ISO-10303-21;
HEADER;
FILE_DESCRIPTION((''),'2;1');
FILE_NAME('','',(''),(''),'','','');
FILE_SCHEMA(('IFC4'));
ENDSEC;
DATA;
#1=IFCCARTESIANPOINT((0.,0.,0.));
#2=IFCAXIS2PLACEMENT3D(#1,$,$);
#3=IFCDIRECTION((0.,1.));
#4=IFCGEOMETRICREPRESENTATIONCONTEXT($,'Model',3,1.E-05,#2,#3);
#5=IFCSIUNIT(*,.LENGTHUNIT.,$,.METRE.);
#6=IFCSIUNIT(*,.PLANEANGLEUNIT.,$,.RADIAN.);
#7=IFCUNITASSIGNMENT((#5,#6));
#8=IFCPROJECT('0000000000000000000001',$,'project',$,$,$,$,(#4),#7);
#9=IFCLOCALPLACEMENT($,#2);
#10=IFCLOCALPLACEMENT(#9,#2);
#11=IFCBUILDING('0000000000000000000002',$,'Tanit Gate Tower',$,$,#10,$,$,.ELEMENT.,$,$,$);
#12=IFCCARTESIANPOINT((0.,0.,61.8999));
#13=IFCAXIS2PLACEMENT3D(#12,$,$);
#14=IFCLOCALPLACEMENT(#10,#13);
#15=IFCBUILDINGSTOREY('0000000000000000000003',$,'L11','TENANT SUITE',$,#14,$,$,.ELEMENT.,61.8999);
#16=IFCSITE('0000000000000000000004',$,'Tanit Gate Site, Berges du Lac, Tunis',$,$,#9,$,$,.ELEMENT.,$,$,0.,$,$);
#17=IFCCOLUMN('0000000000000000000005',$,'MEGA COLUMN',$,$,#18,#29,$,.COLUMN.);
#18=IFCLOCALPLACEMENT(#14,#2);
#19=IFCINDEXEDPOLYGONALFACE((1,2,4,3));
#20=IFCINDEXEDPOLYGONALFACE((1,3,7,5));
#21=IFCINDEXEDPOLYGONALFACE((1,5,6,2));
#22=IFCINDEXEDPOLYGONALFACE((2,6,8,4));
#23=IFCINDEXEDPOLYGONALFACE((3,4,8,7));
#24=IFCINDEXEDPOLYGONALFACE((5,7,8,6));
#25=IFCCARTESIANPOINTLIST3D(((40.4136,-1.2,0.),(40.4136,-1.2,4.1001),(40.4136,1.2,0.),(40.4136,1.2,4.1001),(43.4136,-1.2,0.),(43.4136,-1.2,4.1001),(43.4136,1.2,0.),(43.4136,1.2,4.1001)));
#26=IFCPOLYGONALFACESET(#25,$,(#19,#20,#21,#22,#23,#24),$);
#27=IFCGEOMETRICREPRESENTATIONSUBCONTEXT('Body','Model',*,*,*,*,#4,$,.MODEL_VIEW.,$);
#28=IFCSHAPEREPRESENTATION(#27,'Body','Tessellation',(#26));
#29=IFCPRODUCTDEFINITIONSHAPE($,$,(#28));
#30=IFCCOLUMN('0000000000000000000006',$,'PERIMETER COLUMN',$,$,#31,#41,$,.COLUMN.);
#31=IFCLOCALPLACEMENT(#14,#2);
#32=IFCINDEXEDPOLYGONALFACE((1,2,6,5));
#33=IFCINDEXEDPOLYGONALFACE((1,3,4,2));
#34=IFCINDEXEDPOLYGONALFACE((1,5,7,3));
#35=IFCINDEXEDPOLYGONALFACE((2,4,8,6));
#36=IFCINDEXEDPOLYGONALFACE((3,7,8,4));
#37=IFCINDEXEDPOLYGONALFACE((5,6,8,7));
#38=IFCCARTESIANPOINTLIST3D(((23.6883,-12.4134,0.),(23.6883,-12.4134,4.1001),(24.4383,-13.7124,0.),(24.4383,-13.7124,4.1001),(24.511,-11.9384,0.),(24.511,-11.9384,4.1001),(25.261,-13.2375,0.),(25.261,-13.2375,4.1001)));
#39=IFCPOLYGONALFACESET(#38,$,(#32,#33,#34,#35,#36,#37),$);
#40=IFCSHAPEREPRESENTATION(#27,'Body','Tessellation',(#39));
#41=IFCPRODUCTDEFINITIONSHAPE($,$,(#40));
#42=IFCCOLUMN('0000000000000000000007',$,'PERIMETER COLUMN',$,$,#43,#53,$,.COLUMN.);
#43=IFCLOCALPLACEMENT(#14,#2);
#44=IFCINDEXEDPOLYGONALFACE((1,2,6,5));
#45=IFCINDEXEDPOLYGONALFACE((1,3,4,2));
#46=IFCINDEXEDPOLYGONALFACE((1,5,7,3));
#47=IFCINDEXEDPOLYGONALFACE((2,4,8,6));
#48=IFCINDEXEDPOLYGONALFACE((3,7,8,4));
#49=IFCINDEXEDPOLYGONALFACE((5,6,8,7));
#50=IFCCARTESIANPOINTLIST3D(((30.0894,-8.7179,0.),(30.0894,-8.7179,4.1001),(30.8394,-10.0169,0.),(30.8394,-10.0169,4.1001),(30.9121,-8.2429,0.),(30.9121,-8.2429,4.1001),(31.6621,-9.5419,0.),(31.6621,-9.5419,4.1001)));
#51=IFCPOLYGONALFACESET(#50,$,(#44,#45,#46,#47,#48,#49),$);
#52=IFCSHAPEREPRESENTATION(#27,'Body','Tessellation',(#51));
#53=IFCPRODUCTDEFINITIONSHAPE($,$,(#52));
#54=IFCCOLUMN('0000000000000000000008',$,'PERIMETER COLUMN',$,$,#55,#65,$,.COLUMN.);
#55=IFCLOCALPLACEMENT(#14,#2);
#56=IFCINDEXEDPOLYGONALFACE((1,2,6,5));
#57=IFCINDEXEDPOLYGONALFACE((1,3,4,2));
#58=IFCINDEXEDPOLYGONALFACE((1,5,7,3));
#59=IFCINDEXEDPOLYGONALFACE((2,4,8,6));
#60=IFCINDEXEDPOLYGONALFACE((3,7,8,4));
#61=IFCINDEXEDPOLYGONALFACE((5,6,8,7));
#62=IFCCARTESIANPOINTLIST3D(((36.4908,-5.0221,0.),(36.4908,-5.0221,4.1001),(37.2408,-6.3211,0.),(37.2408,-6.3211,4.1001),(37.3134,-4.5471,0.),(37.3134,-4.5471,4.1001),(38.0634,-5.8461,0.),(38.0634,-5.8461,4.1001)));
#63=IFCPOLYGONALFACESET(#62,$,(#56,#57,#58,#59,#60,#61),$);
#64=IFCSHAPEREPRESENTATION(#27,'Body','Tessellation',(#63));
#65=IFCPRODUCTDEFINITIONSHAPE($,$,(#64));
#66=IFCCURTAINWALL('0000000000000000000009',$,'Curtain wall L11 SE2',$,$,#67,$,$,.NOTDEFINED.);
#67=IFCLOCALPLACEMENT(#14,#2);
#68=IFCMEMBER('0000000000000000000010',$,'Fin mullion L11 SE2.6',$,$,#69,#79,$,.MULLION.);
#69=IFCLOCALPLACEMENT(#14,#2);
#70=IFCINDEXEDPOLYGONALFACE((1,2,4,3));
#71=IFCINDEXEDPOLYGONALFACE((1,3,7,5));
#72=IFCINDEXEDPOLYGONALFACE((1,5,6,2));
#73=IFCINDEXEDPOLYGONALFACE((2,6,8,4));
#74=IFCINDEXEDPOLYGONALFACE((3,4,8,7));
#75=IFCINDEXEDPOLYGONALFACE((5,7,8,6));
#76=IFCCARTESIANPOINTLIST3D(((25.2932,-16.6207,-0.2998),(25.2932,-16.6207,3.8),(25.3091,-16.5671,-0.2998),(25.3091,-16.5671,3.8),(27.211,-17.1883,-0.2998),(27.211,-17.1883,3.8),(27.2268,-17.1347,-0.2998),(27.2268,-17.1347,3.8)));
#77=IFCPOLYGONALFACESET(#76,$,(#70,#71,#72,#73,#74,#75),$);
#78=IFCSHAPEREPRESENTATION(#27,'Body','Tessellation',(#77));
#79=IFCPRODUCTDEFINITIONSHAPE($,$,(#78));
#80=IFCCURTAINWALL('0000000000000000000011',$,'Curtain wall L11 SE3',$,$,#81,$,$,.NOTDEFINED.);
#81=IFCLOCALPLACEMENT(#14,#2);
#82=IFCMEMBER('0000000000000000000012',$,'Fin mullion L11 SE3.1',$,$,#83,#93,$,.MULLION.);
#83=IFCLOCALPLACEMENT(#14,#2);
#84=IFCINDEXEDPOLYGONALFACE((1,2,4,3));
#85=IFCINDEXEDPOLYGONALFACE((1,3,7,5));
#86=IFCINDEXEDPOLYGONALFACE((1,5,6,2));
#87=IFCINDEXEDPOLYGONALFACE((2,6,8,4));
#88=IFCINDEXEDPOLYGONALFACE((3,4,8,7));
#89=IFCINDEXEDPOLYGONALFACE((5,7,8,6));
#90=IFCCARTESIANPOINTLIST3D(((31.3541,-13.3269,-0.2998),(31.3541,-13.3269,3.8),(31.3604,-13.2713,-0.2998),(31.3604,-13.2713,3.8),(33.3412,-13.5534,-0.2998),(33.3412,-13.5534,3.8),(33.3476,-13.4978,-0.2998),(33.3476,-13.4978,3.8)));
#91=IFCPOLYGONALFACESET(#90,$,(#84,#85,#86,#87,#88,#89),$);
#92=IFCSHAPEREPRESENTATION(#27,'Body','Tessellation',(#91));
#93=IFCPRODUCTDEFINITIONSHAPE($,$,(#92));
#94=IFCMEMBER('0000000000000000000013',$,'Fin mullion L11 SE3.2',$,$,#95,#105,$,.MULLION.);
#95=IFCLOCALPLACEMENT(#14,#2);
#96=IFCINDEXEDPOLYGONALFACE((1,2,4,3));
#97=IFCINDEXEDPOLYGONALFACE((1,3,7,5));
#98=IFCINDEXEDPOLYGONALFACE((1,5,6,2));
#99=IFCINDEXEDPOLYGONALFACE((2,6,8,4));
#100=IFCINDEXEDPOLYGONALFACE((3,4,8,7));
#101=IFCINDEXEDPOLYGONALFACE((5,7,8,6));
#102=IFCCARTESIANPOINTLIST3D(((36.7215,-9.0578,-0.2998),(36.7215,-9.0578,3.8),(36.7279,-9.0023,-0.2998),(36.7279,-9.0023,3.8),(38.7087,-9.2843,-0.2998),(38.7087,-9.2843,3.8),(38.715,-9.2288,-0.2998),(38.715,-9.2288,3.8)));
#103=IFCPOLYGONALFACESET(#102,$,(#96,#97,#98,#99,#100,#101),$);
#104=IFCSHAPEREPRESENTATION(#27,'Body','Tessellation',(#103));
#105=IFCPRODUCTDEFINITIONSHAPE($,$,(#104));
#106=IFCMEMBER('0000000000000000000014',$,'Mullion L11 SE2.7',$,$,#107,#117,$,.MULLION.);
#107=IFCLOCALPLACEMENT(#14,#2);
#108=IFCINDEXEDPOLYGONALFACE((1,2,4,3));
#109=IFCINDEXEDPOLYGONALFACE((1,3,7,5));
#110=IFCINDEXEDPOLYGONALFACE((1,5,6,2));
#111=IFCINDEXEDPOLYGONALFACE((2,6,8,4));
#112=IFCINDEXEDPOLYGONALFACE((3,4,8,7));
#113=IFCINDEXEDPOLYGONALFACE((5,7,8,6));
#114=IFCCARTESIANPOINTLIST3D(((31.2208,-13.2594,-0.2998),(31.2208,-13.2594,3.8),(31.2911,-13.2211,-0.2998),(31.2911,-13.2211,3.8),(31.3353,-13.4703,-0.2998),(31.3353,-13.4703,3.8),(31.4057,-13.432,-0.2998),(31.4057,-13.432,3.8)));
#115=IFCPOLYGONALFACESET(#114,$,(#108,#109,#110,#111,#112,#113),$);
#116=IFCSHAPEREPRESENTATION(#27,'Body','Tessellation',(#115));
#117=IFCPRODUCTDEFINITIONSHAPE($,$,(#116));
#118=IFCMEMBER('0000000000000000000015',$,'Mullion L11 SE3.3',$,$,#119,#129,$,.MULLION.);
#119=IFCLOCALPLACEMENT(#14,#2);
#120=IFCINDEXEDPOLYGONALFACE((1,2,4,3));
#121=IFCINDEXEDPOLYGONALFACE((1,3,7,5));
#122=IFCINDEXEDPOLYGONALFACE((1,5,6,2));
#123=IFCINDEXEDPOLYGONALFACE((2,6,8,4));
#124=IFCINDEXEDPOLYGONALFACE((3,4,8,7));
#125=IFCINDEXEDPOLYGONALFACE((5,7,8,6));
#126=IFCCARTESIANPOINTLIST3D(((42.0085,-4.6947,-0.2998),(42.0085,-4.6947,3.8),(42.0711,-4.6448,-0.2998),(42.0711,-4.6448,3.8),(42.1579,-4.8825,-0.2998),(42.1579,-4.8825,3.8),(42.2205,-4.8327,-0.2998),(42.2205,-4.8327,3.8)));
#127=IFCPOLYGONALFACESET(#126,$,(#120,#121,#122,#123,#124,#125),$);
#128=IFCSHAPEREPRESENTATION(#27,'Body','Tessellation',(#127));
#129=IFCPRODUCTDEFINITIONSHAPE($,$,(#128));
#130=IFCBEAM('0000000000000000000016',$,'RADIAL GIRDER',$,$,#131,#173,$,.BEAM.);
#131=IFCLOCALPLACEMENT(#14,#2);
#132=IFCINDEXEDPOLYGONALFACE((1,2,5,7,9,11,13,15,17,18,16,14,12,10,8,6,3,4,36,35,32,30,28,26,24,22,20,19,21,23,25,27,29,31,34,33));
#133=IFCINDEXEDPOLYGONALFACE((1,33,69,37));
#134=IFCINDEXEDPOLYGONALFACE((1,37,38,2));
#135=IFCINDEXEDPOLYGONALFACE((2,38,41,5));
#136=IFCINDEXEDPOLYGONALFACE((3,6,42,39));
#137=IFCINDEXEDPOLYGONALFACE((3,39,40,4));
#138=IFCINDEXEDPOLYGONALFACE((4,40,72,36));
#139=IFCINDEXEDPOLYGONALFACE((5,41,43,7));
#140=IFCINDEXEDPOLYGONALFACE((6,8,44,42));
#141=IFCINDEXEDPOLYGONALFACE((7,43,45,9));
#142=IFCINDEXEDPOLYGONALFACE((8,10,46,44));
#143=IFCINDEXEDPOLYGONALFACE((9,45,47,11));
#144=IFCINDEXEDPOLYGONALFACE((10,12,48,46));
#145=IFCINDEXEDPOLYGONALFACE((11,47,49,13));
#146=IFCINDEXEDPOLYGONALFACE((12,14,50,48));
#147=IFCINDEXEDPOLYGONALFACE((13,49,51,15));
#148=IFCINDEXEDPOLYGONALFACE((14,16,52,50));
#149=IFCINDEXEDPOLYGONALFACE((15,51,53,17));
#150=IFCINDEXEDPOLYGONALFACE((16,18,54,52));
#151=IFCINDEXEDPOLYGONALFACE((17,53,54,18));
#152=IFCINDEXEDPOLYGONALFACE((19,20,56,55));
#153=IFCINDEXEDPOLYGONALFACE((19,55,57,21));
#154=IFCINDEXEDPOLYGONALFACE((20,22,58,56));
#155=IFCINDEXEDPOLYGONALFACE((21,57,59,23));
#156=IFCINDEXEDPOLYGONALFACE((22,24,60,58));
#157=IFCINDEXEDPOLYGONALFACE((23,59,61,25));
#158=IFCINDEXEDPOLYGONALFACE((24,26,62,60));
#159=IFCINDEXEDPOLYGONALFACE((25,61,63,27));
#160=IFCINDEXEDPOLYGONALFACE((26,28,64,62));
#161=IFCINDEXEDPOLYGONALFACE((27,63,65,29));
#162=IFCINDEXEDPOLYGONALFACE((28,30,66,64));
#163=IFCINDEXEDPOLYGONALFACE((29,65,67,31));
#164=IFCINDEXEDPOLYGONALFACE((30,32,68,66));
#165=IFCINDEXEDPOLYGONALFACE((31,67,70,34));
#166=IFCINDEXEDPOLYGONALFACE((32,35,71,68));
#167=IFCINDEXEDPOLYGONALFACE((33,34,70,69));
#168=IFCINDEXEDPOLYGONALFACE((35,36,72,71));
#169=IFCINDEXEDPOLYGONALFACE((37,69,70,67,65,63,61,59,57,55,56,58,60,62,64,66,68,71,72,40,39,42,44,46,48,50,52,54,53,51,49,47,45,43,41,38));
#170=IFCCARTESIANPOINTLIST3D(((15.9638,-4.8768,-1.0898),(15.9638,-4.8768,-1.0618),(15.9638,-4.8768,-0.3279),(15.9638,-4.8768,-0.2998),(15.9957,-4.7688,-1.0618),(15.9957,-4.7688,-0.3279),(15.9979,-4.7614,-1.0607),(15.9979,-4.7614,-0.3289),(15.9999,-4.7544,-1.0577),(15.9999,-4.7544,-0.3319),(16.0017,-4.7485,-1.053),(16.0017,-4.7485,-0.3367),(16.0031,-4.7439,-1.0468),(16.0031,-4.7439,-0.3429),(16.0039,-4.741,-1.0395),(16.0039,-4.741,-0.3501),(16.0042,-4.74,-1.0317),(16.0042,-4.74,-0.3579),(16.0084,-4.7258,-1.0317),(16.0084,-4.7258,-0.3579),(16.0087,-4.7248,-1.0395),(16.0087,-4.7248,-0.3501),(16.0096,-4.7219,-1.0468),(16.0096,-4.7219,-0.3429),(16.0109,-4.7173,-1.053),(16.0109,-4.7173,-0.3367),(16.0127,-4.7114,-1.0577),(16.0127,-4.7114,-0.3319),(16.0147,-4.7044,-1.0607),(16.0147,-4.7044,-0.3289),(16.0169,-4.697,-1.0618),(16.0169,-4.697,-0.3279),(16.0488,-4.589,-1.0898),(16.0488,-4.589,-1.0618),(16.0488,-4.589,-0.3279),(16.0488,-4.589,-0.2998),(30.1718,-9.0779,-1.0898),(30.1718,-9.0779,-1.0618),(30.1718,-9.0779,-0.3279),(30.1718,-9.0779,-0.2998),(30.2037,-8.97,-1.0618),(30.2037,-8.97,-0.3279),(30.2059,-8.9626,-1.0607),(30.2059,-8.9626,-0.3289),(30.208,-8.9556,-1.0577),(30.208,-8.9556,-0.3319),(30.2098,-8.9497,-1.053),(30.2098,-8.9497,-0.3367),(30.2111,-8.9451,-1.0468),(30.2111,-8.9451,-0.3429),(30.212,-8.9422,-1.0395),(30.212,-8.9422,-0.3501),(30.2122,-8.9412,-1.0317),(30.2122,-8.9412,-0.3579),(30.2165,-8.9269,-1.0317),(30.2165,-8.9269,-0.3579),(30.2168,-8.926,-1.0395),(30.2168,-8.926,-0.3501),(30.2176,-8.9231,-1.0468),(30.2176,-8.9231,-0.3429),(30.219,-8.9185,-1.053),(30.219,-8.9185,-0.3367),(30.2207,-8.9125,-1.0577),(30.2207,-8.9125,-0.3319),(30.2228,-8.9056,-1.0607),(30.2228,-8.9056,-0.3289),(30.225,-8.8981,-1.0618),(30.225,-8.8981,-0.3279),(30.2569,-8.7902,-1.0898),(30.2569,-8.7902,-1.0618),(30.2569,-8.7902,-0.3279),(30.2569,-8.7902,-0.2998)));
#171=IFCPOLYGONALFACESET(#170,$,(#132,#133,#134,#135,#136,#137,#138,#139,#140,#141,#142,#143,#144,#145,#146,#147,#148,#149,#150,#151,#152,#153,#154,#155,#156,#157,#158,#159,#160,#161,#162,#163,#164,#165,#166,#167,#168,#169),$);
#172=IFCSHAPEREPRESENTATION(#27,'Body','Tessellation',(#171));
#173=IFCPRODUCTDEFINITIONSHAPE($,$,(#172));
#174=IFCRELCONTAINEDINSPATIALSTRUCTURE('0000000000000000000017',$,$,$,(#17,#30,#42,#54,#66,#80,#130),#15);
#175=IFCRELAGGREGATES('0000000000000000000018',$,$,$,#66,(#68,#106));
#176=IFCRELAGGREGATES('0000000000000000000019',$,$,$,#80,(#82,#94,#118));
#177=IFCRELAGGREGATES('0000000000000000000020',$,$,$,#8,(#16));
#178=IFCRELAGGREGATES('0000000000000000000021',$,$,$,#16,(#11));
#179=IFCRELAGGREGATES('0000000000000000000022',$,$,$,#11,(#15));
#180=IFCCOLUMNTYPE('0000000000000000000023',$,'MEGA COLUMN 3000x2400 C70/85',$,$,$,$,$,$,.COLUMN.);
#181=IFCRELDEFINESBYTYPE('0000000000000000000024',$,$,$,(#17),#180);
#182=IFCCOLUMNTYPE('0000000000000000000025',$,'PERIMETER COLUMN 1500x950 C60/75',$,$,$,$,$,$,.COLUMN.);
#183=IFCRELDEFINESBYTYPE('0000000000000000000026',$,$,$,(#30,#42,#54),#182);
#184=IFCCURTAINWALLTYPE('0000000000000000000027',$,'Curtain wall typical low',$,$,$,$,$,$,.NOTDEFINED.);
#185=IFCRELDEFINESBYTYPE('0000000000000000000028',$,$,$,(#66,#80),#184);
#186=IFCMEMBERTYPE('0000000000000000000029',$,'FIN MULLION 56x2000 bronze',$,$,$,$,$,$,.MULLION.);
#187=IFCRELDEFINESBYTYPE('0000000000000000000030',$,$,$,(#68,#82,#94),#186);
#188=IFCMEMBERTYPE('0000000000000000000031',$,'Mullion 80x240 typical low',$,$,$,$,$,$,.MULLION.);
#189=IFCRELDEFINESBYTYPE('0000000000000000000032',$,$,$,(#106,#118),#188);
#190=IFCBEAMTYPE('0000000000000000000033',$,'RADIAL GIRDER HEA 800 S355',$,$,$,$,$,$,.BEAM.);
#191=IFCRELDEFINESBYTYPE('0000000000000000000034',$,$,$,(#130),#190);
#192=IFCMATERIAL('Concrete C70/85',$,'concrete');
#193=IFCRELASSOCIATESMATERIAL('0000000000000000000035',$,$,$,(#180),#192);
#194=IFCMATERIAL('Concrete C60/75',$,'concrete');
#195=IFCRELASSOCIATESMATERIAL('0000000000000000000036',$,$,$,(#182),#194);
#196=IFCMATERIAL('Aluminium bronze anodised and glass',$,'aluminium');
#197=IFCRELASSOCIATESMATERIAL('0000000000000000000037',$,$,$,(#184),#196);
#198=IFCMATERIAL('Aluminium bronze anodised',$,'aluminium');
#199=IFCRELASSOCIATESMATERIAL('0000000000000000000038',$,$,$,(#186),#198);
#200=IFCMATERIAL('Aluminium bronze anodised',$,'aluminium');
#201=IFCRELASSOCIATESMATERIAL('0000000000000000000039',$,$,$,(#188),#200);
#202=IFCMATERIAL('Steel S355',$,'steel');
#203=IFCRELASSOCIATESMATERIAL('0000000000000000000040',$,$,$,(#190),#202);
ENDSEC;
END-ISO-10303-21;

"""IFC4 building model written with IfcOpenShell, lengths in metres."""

from ifc_helpers import new_model, si_unit, direction, frame, origin, origin_2d, place, context, subcontext, project, spatial, rectangle, i_section, extrude, material, material_profile, profile_set, type_object, element, aggregate, save


model = new_model("IFC4")

# Units and contexts
model_context = context("Model", 3, precision=1e-05, world=origin(), true_north=direction((0.0, 1.0)))
body_context = subcontext(model_context, "Body", "Model", "MODEL_VIEW")
ifc_project = project(units=[si_unit("LENGTHUNIT", "METRE"), si_unit("PLANEANGLEUNIT", "RADIAN")], contexts=[model_context])

# Site, building, storey
site_placement = place(None, origin())
site = spatial("IfcSite", under=ifc_project, at=site_placement, Name="Tanit Gate Site, Berges du Lac, Tunis", CompositionType="ELEMENT", RefElevation=0.0)
building_placement = place(site_placement, origin())
building = spatial("IfcBuilding", under=site, at=building_placement, Name="Tanit Gate Tower", CompositionType="ELEMENT")
storey_placement = place(building_placement, frame((0.0, 0.0, 61.8999)))
storey = spatial("IfcBuildingStorey", under=building, at=storey_placement, Name="L11", Description="TENANT SUITE", CompositionType="ELEMENT", Elevation=61.8999)

# Columns
ifc_material_1 = material(Name="Concrete C70/85", Category="concrete")
ifc_material_profile_1 = material_profile(ifc_material_1, rectangle(XDim=3.0, YDim=2.3999, at=origin_2d()), Name="RC 3000x2400")
ifc_profile_set_1 = profile_set([ifc_material_profile_1], Name="Concrete C70/85")
column_type_1 = type_object("IfcColumnType", Name="MEGA COLUMN 3000x2400 C70/85", PredefinedType="COLUMN", material=ifc_profile_set_1)
column_placement = place(storey_placement, frame((41.9136, 0.0, 0.0), z_axis=(0.0, 0.0, 1.0), x_axis=(1.0, 0.0, 0.0)))
element("IfcColumn", 1, at=column_placement, inside=storey, type_object=column_type_1, Name="MEGA COLUMN", PredefinedType="COLUMN", context=body_context, shape_type="SweptSolid", body=[
    extrude(rectangle(XDim=3.0, YDim=2.3999, at=origin_2d()), origin(), (0.0, 0.0, 1.0), 4.1001),
])
ifc_material_2 = material(Name="Concrete C60/75", Category="concrete")
ifc_material_profile_2 = material_profile(ifc_material_2, rectangle(XDim=1.5, YDim=0.95, at=origin_2d()), Name="RC 1500x950")
ifc_profile_set_2 = profile_set([ifc_material_profile_2], Name="Concrete C60/75")
column_type_2 = type_object("IfcColumnType", Name="PERIMETER COLUMN 1500x950 C60/75", PredefinedType="COLUMN", material=ifc_profile_set_2)
for number, where, z_axis, x_axis, name in (
    (2, (24.4746, -12.8254, 0.0), (0.0, 0.0, 1.0), (0.5, -0.866025, 0.0), "PERIMETER COLUMN"),
    (3, (30.8757, -9.1299, 0.0), (0.0, 0.0, 1.0), (0.5, -0.866025, 0.0), "PERIMETER COLUMN"),
    (4, (37.2771, -5.4341, 0.0), (0.0, 0.0, 1.0), (0.5, -0.866025, 0.0), "PERIMETER COLUMN"),
):
    element("IfcColumn", number, at=place(storey_placement, frame(where, z_axis=z_axis, x_axis=x_axis)), inside=storey, type_object=column_type_2, Name=name, PredefinedType="COLUMN", context=body_context, shape_type="SweptSolid", body=[
        extrude(rectangle(XDim=1.5, YDim=0.95, at=origin_2d()), origin(), (0.0, 0.0, 1.0), 4.1001),
    ])

# Curtain wall, member
ifc_material_3 = material(Name="Aluminium bronze anodised and glass", Category="aluminium")
curtain_wall_type = type_object("IfcCurtainWallType", Name="Curtain wall typical low", PredefinedType="NOTDEFINED", material=ifc_material_3)
curtain_wall_1_placement = place(storey_placement, origin())
curtain_wall_1 = element("IfcCurtainWall", 5, at=curtain_wall_1_placement, inside=storey, type_object=curtain_wall_type, Name="Curtain wall L11 SE2", PredefinedType="NOTDEFINED")
ifc_material_4 = material(Name="Aluminium bronze anodised", Category="aluminium")
ifc_material_profile_3 = material_profile(ifc_material_4, rectangle(XDim=2.0, YDim=0.0559, at=origin_2d()), Name="56x2000 bronze fin mullion")
ifc_profile_set_3 = profile_set([ifc_material_profile_3], Name="Aluminium bronze anodised")
member_type_1 = type_object("IfcMemberType", Name="FIN MULLION 56x2000 bronze", PredefinedType="MULLION", material=ifc_profile_set_3)
member_1_placement = place(storey_placement, frame((26.26, -16.8777, -0.2998), z_axis=(0.0, 0.0, 1.0), x_axis=(-0.958892, 0.283773, 0.0)))
member_1 = element("IfcMember", 6, at=member_1_placement, type_object=member_type_1, Name="Fin mullion L11 SE2.6", PredefinedType="MULLION", context=body_context, shape_type="SweptSolid", body=[
    extrude(rectangle(XDim=2.0, YDim=0.0559, at=origin_2d()), origin(), (0.0, 0.0, 1.0), 4.0999),
])

# Curtain wall, members
curtain_wall_2_placement = place(storey_placement, origin())
curtain_wall_2 = element("IfcCurtainWall", 7, at=curtain_wall_2_placement, inside=storey, type_object=curtain_wall_type, Name="Curtain wall L11 SE3", PredefinedType="NOTDEFINED")
member_2_placement = place(storey_placement, frame((32.3508, -13.4124, -0.2998), z_axis=(0.0, 0.0, 1.0), x_axis=(-0.993566, 0.113253, 0.0)))
member_2 = element("IfcMember", 8, at=member_2_placement, type_object=member_type_1, Name="Fin mullion L11 SE3.1", PredefinedType="MULLION", context=body_context, shape_type="SweptSolid", body=[
    extrude(rectangle(XDim=2.0, YDim=0.0559, at=origin_2d()), origin(), (0.0, 0.0, 1.0), 4.0999),
])
member_3_placement = place(storey_placement, frame((37.7183, -9.1433, -0.2998), z_axis=(0.0, 0.0, 1.0), x_axis=(-0.993566, 0.113253, 0.0)))
member_3 = element("IfcMember", 9, at=member_3_placement, type_object=member_type_1, Name="Fin mullion L11 SE3.2", PredefinedType="MULLION", context=body_context, shape_type="SweptSolid", body=[
    extrude(rectangle(XDim=2.0, YDim=0.0559, at=origin_2d()), origin(), (0.0, 0.0, 1.0), 4.0999),
])

# Members
ifc_material_5 = material(Name="Aluminium bronze anodised", Category="aluminium")
ifc_material_profile_4 = material_profile(ifc_material_5, rectangle(XDim=0.24, YDim=0.0801, at=origin_2d()), Name="80x240 bronze mullion")
ifc_profile_set_4 = profile_set([ifc_material_profile_4], Name="Aluminium bronze anodised")
member_type_2 = type_object("IfcMemberType", Name="Mullion 80x240 typical low", PredefinedType="MULLION", material=ifc_profile_set_4)
member_4_placement = place(storey_placement, frame((31.3132, -13.3457, -0.2998), z_axis=(0.0, 0.0, 1.0), x_axis=(-0.477381, 0.878696, 0.0)))
member_4 = element("IfcMember", 10, at=member_4_placement, type_object=member_type_2, Name="Mullion L11 SE2.7", PredefinedType="MULLION", context=body_context, shape_type="SweptSolid", body=[
    extrude(rectangle(XDim=0.24, YDim=0.0801, at=origin_2d()), origin(), (0.0, 0.0, 1.0), 4.0999),
])
member_5_placement = place(storey_placement, frame((42.1145, -4.7637, -0.2998), z_axis=(0.0, 0.0, 1.0), x_axis=(-0.622475, 0.782639, 0.0)))
member_5 = element("IfcMember", 11, at=member_5_placement, type_object=member_type_2, Name="Mullion L11 SE3.3", PredefinedType="MULLION", context=body_context, shape_type="SweptSolid", body=[
    extrude(rectangle(XDim=0.24, YDim=0.0801, at=origin_2d()), origin(), (0.0, 0.0, 1.0), 4.0999),
])

# Beam
ifc_material_6 = material(Name="Steel S355", Category="steel")
ifc_material_profile_5 = material_profile(ifc_material_6, i_section(OverallWidth=0.3, OverallDepth=0.79, WebThickness=0.0149, FlangeThickness=0.0281, FilletRadius=0.03, at=origin_2d()), Name="HEA 800")
ifc_profile_set_5 = profile_set([ifc_material_profile_5], Name="Steel S355")
beam_type_1 = type_object("IfcBeamType", Name="RADIAL GIRDER HEA 800 S355", PredefinedType="BEAM", material=ifc_profile_set_5)
beam_1_placement = place(storey_placement, frame((30.2144, -8.9341, -0.6948), z_axis=(-0.958956, 0.283554, 0.0), x_axis=(-0.283554, -0.958956, 0.0)))
element("IfcBeam", 12, at=beam_1_placement, inside=storey, type_object=beam_type_1, Name="RADIAL GIRDER", PredefinedType="BEAM", context=body_context, shape_type="SweptSolid", body=[
    extrude(i_section(OverallWidth=0.3, OverallDepth=0.79, WebThickness=0.0149, FlangeThickness=0.0281, FilletRadius=0.03, at=origin_2d()), origin(), (0.0, 0.0, 1.0), 14.8162),
])

aggregate(curtain_wall_1, [member_1, member_4])
aggregate(curtain_wall_2, [member_2, member_3, member_5])

save(model, "model.ifc")
